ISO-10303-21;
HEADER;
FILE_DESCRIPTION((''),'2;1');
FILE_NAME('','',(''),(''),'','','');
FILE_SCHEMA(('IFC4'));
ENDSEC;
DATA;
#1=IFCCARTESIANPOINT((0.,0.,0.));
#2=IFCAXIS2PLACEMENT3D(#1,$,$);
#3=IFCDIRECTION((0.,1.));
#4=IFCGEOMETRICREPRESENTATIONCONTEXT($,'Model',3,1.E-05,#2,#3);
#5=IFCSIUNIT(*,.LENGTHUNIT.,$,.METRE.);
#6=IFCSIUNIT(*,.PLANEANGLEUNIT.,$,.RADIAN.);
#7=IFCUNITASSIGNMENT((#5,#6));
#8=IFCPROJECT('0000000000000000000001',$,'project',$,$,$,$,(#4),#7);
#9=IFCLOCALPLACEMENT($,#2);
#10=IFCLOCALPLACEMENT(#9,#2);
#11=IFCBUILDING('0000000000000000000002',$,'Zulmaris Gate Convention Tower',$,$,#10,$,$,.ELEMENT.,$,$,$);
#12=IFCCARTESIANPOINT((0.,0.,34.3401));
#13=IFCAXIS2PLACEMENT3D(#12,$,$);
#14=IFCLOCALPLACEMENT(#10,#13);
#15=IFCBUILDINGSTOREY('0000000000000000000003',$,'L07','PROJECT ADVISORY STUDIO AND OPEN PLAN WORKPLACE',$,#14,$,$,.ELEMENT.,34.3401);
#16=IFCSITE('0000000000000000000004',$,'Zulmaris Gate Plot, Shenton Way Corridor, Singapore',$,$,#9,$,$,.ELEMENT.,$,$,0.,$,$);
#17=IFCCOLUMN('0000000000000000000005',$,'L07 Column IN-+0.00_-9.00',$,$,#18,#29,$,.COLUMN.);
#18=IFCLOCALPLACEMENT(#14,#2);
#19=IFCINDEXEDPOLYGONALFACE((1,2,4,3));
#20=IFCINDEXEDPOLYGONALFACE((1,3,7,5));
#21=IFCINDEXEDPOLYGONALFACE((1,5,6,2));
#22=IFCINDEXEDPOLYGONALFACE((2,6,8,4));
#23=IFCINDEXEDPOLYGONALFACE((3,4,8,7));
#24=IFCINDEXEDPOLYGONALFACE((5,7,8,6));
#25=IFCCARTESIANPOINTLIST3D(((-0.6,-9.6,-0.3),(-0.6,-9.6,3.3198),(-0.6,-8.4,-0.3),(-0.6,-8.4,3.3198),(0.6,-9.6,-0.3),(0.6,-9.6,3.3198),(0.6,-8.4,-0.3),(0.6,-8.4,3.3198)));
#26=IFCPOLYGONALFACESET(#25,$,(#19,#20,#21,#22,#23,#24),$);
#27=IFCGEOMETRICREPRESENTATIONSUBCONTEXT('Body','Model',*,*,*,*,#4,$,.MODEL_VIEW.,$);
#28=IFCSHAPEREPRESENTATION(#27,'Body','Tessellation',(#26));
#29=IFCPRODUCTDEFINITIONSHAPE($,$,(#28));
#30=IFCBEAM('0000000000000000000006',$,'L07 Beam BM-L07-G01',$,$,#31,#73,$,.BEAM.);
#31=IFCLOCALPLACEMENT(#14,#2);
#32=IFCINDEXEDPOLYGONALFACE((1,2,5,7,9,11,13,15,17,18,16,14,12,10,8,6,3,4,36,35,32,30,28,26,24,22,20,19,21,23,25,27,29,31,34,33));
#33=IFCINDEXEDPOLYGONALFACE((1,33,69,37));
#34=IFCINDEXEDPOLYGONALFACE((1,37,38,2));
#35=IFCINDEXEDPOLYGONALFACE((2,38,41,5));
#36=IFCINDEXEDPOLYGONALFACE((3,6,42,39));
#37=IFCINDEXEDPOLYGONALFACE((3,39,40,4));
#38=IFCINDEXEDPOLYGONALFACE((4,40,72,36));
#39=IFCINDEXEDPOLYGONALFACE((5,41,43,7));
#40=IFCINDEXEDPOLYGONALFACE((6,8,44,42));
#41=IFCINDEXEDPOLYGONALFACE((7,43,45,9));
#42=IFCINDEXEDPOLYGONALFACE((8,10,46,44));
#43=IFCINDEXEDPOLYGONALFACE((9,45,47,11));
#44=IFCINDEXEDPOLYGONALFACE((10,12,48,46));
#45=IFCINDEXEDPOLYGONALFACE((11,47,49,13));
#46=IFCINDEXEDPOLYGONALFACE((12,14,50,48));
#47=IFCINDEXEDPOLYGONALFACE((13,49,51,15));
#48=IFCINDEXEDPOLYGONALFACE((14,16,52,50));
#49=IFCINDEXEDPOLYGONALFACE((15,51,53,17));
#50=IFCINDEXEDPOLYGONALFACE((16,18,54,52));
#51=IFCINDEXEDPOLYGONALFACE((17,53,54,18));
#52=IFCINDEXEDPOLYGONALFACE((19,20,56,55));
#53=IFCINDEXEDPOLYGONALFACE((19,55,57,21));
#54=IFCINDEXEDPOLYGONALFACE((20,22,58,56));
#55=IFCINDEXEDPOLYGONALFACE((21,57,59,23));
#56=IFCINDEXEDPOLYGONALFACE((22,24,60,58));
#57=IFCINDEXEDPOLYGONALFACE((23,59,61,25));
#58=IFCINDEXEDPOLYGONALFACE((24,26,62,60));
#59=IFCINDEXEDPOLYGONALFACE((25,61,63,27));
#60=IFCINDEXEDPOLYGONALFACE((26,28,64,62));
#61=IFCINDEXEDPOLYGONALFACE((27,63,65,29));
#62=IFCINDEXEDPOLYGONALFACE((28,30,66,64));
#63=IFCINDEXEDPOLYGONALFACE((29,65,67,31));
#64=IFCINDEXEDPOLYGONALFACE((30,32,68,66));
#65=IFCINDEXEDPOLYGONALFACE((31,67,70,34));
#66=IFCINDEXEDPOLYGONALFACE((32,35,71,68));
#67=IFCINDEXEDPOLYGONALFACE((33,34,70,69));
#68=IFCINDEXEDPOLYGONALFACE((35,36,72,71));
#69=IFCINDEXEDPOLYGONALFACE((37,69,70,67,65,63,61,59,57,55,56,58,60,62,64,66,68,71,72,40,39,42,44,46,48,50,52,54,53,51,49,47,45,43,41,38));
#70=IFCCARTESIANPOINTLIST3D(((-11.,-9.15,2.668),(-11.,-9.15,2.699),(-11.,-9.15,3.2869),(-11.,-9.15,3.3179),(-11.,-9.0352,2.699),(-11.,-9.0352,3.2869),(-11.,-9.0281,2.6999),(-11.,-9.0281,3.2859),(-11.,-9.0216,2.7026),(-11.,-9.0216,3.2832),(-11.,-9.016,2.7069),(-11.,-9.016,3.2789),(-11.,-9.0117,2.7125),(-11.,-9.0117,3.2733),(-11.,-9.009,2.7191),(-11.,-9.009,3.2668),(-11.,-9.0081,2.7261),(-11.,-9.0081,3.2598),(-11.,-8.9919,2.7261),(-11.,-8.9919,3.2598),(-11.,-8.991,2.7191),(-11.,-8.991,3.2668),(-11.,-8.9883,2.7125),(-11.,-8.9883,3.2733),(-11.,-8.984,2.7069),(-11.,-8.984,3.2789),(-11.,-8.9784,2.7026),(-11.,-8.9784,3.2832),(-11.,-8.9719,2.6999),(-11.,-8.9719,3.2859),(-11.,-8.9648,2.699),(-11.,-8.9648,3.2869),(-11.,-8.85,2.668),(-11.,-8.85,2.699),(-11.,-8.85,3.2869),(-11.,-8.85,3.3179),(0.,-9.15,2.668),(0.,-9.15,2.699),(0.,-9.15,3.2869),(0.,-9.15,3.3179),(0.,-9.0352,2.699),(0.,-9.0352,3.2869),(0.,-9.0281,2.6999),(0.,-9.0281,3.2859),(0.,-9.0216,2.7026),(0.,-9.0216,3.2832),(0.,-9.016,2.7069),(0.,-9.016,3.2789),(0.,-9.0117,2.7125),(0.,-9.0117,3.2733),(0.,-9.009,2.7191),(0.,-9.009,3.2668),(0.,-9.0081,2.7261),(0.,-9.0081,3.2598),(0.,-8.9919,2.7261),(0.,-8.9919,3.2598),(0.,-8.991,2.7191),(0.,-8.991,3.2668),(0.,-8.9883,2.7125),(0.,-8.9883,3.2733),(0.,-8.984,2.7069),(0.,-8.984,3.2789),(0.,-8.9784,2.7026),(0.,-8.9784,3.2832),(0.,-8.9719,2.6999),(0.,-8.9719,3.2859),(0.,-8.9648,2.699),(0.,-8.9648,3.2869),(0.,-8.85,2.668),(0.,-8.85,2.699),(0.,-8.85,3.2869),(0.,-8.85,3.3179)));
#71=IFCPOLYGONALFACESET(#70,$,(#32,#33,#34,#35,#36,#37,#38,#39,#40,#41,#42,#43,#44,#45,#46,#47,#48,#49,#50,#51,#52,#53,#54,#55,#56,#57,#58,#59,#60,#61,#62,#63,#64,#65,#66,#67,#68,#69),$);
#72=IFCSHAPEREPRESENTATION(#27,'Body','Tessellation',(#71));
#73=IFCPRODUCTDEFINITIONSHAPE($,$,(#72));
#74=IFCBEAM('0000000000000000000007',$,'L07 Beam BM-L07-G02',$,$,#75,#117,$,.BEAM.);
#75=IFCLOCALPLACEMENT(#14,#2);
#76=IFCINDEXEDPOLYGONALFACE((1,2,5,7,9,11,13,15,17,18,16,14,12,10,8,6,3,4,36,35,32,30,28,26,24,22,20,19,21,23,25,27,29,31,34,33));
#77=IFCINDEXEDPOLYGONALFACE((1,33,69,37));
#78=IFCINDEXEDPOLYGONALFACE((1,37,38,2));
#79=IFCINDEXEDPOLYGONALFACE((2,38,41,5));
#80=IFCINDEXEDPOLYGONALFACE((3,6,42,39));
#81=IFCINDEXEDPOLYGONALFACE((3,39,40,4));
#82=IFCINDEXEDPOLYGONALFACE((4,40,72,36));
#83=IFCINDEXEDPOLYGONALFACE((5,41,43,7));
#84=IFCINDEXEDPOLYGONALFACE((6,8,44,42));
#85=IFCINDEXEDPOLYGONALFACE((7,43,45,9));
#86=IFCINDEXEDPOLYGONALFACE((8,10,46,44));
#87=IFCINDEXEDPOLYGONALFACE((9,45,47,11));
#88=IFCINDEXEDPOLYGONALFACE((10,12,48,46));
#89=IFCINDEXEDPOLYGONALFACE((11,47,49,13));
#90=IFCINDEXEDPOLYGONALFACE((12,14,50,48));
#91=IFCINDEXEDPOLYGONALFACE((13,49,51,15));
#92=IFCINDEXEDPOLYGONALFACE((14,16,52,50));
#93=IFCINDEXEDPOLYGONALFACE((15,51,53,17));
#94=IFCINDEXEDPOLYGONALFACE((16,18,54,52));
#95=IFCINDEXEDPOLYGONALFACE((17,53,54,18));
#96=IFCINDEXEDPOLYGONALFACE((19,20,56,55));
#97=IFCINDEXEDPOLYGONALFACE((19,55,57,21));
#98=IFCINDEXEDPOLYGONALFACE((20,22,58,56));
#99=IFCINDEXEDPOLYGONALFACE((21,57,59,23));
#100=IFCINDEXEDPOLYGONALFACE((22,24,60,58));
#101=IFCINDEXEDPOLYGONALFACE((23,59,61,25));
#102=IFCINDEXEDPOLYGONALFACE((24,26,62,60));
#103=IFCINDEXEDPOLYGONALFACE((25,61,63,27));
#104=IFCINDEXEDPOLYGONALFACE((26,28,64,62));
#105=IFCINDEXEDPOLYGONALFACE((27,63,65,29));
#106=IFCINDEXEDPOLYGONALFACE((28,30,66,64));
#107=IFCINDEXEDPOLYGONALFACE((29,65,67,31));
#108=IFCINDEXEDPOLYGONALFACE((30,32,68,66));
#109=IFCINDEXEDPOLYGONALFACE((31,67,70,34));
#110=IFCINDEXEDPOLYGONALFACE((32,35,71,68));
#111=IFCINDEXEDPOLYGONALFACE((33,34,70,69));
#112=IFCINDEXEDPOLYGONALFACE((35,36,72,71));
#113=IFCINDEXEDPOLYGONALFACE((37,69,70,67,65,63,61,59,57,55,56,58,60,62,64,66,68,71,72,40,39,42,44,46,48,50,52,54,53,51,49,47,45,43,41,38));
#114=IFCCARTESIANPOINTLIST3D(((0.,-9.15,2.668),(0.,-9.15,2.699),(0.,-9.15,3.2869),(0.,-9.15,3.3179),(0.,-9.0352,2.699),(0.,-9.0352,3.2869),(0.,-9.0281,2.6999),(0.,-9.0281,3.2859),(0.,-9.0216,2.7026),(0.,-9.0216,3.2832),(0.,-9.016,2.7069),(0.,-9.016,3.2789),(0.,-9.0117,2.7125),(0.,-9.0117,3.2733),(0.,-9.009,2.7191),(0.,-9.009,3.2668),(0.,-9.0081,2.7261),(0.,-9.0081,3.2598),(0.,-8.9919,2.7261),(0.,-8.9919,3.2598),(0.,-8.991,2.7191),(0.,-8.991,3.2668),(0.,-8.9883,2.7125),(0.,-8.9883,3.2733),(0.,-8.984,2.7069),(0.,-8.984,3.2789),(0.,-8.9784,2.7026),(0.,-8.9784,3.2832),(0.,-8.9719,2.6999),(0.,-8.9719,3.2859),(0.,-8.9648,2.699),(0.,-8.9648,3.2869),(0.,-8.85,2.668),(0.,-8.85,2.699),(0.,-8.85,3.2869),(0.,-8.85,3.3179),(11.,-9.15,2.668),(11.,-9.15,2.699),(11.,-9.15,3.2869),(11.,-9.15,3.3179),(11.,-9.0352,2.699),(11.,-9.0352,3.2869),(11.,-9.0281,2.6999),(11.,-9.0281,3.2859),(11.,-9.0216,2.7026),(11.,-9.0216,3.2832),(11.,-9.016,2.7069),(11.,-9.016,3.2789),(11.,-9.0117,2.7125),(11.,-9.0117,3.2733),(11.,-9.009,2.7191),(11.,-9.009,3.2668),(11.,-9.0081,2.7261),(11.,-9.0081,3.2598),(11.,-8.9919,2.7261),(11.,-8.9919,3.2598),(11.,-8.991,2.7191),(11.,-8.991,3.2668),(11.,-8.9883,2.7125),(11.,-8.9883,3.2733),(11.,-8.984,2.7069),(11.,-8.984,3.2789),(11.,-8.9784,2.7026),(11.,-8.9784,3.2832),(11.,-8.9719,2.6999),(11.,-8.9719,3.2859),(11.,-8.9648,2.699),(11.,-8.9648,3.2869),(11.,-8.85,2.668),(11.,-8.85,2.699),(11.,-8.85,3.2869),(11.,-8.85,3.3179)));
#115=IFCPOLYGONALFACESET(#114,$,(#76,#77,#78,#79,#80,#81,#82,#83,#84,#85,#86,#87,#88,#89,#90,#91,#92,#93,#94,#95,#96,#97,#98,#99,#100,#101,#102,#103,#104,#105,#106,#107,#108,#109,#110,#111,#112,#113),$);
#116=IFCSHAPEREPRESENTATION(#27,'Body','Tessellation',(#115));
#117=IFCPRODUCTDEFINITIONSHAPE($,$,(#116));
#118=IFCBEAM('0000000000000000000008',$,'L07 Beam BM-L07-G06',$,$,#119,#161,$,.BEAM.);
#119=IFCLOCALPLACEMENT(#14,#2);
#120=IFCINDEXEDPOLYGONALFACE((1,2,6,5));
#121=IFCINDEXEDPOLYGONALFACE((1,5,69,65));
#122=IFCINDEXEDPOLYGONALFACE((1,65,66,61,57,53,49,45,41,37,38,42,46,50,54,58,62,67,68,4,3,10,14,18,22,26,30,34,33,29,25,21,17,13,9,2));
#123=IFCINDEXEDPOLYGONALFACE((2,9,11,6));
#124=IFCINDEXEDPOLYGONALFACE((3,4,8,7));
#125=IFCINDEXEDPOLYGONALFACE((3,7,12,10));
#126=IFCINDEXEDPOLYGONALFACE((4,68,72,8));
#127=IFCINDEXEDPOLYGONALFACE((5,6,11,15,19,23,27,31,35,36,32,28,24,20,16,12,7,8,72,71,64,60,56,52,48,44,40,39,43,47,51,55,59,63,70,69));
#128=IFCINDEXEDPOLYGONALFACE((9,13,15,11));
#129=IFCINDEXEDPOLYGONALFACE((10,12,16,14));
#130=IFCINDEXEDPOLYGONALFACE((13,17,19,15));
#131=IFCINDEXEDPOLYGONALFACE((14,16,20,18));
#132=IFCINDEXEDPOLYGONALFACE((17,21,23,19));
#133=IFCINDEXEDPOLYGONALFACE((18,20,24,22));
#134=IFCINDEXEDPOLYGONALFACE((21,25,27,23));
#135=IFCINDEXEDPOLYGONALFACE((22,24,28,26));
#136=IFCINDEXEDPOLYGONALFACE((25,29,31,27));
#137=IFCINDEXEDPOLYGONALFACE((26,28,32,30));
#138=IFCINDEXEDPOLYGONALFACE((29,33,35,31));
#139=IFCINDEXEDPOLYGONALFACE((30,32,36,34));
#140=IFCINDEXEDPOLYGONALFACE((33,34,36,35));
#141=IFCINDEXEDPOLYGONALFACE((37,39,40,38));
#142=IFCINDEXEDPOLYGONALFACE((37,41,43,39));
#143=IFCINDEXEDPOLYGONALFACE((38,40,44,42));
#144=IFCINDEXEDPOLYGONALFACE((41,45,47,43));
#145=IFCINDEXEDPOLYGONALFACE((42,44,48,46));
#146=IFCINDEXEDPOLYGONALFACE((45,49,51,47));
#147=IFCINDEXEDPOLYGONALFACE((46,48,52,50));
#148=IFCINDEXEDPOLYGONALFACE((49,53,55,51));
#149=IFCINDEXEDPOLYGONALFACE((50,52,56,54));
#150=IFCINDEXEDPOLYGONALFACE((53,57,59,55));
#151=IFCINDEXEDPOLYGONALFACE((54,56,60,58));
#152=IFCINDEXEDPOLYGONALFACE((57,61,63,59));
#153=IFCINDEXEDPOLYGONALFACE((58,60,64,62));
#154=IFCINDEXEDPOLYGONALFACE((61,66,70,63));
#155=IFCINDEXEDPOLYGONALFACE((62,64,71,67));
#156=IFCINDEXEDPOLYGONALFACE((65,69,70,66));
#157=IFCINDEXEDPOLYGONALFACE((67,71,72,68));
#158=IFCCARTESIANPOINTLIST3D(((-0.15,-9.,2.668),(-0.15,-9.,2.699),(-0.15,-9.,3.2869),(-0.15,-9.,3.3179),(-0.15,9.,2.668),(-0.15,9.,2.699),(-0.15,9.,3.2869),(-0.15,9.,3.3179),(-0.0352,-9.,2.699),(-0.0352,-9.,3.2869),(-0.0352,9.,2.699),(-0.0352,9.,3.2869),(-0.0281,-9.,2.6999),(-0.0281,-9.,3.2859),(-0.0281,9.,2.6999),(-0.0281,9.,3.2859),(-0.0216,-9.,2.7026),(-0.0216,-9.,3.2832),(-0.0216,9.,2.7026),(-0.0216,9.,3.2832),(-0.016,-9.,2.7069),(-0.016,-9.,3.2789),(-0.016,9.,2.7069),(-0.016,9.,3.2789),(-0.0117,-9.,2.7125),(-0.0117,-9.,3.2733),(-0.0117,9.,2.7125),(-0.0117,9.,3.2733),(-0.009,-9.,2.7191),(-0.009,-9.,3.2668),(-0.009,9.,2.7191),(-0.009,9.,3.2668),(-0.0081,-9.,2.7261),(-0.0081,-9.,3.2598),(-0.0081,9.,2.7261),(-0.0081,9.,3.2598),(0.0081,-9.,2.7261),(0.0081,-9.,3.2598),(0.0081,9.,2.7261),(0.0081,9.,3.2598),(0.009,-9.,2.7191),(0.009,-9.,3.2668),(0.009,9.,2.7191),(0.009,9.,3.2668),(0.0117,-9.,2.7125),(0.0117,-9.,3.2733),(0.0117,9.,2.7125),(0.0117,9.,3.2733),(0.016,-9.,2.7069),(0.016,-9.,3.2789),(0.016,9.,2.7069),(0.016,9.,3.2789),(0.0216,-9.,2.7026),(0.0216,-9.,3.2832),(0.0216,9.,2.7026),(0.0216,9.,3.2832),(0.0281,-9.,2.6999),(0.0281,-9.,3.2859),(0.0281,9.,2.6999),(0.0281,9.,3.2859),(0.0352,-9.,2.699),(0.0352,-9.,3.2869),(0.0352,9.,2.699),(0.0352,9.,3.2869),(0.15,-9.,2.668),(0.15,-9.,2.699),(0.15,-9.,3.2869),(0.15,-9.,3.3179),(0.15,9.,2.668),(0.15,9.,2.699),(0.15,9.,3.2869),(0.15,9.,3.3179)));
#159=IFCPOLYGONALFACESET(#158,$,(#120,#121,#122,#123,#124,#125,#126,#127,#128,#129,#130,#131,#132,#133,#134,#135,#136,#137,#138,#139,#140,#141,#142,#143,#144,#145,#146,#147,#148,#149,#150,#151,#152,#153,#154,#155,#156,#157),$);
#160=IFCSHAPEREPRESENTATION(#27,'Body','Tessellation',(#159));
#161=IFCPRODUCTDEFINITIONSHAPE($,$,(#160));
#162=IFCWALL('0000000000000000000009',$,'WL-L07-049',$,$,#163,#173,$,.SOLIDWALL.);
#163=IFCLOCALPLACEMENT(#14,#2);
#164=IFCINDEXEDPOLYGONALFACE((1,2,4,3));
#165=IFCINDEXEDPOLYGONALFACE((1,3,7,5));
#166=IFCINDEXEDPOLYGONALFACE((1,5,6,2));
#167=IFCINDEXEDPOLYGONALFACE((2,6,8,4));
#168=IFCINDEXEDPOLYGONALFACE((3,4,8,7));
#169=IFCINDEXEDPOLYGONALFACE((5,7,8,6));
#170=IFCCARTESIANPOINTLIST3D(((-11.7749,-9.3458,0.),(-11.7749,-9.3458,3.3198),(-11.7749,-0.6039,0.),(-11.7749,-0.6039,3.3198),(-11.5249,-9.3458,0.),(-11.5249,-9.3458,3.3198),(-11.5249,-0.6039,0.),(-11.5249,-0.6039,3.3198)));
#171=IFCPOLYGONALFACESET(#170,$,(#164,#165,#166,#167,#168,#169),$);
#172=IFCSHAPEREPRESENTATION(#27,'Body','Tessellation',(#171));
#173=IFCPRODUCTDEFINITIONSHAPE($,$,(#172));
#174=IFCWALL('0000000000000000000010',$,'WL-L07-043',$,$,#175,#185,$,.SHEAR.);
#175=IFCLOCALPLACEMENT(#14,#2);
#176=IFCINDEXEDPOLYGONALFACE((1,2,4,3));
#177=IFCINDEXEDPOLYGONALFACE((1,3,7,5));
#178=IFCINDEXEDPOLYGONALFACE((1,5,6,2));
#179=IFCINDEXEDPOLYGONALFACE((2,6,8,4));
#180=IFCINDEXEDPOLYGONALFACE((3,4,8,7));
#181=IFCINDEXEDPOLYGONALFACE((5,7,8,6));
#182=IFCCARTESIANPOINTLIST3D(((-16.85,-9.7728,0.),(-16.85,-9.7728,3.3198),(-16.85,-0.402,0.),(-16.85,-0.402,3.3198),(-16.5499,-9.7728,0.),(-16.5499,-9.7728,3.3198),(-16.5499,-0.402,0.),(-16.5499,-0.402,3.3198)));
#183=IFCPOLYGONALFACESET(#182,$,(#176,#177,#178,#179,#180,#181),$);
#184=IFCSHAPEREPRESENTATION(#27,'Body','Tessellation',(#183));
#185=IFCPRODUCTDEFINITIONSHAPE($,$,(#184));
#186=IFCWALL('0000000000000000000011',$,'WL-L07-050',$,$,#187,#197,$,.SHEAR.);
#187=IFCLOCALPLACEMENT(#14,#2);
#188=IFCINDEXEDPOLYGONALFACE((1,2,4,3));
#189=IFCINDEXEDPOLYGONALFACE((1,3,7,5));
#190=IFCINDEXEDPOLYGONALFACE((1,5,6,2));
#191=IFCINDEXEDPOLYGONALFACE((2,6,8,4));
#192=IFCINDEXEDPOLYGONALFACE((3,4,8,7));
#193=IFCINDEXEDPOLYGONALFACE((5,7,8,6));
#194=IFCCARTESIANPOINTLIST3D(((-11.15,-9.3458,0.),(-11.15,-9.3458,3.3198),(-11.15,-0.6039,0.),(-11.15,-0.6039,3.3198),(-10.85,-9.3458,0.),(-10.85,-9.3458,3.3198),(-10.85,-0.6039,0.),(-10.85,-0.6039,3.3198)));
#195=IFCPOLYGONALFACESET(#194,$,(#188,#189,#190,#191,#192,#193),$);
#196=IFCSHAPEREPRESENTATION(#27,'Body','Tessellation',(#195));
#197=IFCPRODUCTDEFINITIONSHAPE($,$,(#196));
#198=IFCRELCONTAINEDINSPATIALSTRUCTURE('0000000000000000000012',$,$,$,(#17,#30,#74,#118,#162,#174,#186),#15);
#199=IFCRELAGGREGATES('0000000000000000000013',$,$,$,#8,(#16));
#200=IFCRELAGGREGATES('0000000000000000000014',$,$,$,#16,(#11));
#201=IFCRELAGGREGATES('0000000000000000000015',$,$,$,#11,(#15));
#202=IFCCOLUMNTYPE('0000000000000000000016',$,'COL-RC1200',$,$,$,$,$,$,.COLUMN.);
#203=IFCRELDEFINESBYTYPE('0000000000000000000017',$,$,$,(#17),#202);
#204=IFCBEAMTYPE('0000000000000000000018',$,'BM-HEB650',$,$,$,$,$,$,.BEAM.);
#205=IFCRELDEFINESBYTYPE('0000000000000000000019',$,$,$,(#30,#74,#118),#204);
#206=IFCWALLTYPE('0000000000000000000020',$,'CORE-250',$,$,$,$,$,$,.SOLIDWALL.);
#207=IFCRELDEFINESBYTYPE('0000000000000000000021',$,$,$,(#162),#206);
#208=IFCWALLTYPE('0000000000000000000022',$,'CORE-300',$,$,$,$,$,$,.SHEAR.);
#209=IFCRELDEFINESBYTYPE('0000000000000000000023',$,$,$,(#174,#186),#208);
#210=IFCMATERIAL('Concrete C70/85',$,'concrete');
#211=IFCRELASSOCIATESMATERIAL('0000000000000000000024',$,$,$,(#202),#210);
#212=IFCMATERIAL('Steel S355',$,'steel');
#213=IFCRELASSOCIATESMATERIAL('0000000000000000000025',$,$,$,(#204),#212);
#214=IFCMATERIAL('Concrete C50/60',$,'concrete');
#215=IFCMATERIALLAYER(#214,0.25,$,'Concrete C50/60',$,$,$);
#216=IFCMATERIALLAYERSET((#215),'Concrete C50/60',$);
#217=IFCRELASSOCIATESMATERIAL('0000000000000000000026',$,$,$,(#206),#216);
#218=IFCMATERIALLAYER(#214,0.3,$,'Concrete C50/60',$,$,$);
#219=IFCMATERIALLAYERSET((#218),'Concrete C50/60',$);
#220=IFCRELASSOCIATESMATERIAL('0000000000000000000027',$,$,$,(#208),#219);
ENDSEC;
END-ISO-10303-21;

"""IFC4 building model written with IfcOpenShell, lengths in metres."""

from ifc_helpers import new_model, si_unit, direction, frame, frame_2d, origin, origin_2d, place, context, subcontext, project, spatial, rectangle, i_section, extrude, material, layer, layer_set, material_profile, profile_set, type_object, element, save


model = new_model("IFC4")

# Units and contexts
model_context = context("Model", 3, precision=1e-05, world=origin(), true_north=direction((0.0, 1.0)))
body_context = subcontext(model_context, "Body", "Model", "MODEL_VIEW")
ifc_project = project(units=[si_unit("LENGTHUNIT", "METRE"), si_unit("PLANEANGLEUNIT", "RADIAN")], contexts=[model_context])

# Site, building, storey
site_placement = place(None, origin())
site = spatial("IfcSite", under=ifc_project, at=site_placement, Name="Zulmaris Gate Plot, Shenton Way Corridor, Singapore", CompositionType="ELEMENT", RefElevation=0.0)
building_placement = place(site_placement, origin())
building = spatial("IfcBuilding", under=site, at=building_placement, Name="Zulmaris Gate Convention Tower", CompositionType="ELEMENT")
storey_placement = place(building_placement, frame((0.0, 0.0, 34.3401)))
storey = spatial("IfcBuildingStorey", under=building, at=storey_placement, Name="L07", Description="PROJECT ADVISORY STUDIO AND OPEN PLAN WORKPLACE", CompositionType="ELEMENT", Elevation=34.3401)

# Column
ifc_material_1 = material(Name="Concrete C70/85", Category="concrete")
ifc_material_profile_1 = material_profile(ifc_material_1, rectangle(XDim=1.2, YDim=1.2, at=origin_2d()), Name="RC COL 1200x1200")
ifc_profile_set_1 = profile_set([ifc_material_profile_1], Name="Concrete C70/85")
column_type = type_object("IfcColumnType", Name="COL-RC1200", PredefinedType="COLUMN", material=ifc_profile_set_1)
column_placement = place(storey_placement, frame((0.0, -9.0, -0.3), z_axis=(0.0, 0.0, 1.0), x_axis=(1.0, 0.0, 0.0)))
element("IfcColumn", 1, at=column_placement, inside=storey, type_object=column_type, Name="L07 Column IN-+0.00_-9.00", PredefinedType="COLUMN", context=body_context, shape_type="SweptSolid", body=[
    extrude(rectangle(XDim=1.2, YDim=1.2, at=origin_2d()), origin(), (0.0, 0.0, 1.0), 3.6199),
])

# Beams
ifc_material_2 = material(Name="Steel S355", Category="steel")
ifc_material_profile_2 = material_profile(ifc_material_2, i_section(OverallWidth=0.3, OverallDepth=0.6499, WebThickness=0.0161, FlangeThickness=0.031, FilletRadius=0.0271, at=origin_2d()), Name="HEB 650")
ifc_profile_set_2 = profile_set([ifc_material_profile_2], Name="Steel S355")
beam_type = type_object("IfcBeamType", Name="BM-HEB650", PredefinedType="BEAM", material=ifc_profile_set_2)
for number, where, z_axis, x_axis, name in (
    (2, (-11.0, -9.0, 2.9929), (1.0, 0.0, 0.0), (0.0, 1.0, 0.0), "L07 Beam BM-L07-G01"),
    (3, (0.0, -9.0, 2.9929), (1.0, 0.0, 0.0), (0.0, 1.0, 0.0), "L07 Beam BM-L07-G02"),
):
    element("IfcBeam", number, at=place(storey_placement, frame(where, z_axis=z_axis, x_axis=x_axis)), inside=storey, type_object=beam_type, Name=name, PredefinedType="BEAM", context=body_context, shape_type="SweptSolid", body=[
        extrude(i_section(OverallWidth=0.3, OverallDepth=0.6499, WebThickness=0.0161, FlangeThickness=0.031, FilletRadius=0.0271, at=origin_2d()), origin(), (0.0, 0.0, 1.0), 11.0),
    ])
beam_placement = place(storey_placement, frame((0.0, -9.0, 2.9929), z_axis=(0.0, 1.0, 0.0), x_axis=(-1.0, 0.0, 0.0)))
element("IfcBeam", 4, at=beam_placement, inside=storey, type_object=beam_type, Name="L07 Beam BM-L07-G06", PredefinedType="BEAM", context=body_context, shape_type="SweptSolid", body=[
    extrude(i_section(OverallWidth=0.3, OverallDepth=0.6499, WebThickness=0.0161, FlangeThickness=0.031, FilletRadius=0.0271, at=origin_2d()), origin(), (0.0, 0.0, 1.0), 18.0),
])

# Walls
ifc_material_3 = material(Name="Concrete C50/60", Category="concrete")
ifc_layer_1 = layer(ifc_material_3, 0.25, Name="Concrete C50/60")
ifc_layer_set_1 = layer_set([ifc_layer_1], Name="Concrete C50/60")
wall_type_1 = type_object("IfcWallType", Name="CORE-250", PredefinedType="SOLIDWALL", material=ifc_layer_set_1)
wall_1_placement = place(storey_placement, frame((-11.6499, -9.3459, 0.0), z_axis=(0.0, 0.0, 1.0), x_axis=(0.0, 1.0, 0.0)))
element("IfcWall", 5, at=wall_1_placement, inside=storey, type_object=wall_type_1, Name="WL-L07-049", PredefinedType="SOLIDWALL", context=body_context, shape_type="SweptSolid", body=[
    extrude(rectangle(XDim=8.7419, YDim=0.25, at=frame_2d((4.3711, 0.0))), origin(), (0.0, 0.0, 1.0), 3.3198),
])
ifc_layer_2 = layer(ifc_material_3, 0.3, Name="Concrete C50/60")
ifc_layer_set_2 = layer_set([ifc_layer_2], Name="Concrete C50/60")
wall_type_2 = type_object("IfcWallType", Name="CORE-300", PredefinedType="SHEAR", material=ifc_layer_set_2)
wall_2_placement = place(storey_placement, frame((-16.7, -9.7729, 0.0), z_axis=(0.0, 0.0, 1.0), x_axis=(0.0, 1.0, 0.0)))
element("IfcWall", 6, at=wall_2_placement, inside=storey, type_object=wall_type_2, Name="WL-L07-043", PredefinedType="SHEAR", context=body_context, shape_type="SweptSolid", body=[
    extrude(rectangle(XDim=9.3708, YDim=0.3, at=frame_2d((4.6855, 0.0))), origin(), (0.0, 0.0, 1.0), 3.3198),
])
wall_3_placement = place(storey_placement, frame((-11.0, -9.3459, 0.0), z_axis=(0.0, 0.0, 1.0), x_axis=(0.0, 1.0, 0.0)))
element("IfcWall", 7, at=wall_3_placement, inside=storey, type_object=wall_type_2, Name="WL-L07-050", PredefinedType="SHEAR", context=body_context, shape_type="SweptSolid", body=[
    extrude(rectangle(XDim=8.7419, YDim=0.3, at=frame_2d((4.3711, 0.0))), origin(), (0.0, 0.0, 1.0), 3.3198),
])

save(model, "model.ifc")
